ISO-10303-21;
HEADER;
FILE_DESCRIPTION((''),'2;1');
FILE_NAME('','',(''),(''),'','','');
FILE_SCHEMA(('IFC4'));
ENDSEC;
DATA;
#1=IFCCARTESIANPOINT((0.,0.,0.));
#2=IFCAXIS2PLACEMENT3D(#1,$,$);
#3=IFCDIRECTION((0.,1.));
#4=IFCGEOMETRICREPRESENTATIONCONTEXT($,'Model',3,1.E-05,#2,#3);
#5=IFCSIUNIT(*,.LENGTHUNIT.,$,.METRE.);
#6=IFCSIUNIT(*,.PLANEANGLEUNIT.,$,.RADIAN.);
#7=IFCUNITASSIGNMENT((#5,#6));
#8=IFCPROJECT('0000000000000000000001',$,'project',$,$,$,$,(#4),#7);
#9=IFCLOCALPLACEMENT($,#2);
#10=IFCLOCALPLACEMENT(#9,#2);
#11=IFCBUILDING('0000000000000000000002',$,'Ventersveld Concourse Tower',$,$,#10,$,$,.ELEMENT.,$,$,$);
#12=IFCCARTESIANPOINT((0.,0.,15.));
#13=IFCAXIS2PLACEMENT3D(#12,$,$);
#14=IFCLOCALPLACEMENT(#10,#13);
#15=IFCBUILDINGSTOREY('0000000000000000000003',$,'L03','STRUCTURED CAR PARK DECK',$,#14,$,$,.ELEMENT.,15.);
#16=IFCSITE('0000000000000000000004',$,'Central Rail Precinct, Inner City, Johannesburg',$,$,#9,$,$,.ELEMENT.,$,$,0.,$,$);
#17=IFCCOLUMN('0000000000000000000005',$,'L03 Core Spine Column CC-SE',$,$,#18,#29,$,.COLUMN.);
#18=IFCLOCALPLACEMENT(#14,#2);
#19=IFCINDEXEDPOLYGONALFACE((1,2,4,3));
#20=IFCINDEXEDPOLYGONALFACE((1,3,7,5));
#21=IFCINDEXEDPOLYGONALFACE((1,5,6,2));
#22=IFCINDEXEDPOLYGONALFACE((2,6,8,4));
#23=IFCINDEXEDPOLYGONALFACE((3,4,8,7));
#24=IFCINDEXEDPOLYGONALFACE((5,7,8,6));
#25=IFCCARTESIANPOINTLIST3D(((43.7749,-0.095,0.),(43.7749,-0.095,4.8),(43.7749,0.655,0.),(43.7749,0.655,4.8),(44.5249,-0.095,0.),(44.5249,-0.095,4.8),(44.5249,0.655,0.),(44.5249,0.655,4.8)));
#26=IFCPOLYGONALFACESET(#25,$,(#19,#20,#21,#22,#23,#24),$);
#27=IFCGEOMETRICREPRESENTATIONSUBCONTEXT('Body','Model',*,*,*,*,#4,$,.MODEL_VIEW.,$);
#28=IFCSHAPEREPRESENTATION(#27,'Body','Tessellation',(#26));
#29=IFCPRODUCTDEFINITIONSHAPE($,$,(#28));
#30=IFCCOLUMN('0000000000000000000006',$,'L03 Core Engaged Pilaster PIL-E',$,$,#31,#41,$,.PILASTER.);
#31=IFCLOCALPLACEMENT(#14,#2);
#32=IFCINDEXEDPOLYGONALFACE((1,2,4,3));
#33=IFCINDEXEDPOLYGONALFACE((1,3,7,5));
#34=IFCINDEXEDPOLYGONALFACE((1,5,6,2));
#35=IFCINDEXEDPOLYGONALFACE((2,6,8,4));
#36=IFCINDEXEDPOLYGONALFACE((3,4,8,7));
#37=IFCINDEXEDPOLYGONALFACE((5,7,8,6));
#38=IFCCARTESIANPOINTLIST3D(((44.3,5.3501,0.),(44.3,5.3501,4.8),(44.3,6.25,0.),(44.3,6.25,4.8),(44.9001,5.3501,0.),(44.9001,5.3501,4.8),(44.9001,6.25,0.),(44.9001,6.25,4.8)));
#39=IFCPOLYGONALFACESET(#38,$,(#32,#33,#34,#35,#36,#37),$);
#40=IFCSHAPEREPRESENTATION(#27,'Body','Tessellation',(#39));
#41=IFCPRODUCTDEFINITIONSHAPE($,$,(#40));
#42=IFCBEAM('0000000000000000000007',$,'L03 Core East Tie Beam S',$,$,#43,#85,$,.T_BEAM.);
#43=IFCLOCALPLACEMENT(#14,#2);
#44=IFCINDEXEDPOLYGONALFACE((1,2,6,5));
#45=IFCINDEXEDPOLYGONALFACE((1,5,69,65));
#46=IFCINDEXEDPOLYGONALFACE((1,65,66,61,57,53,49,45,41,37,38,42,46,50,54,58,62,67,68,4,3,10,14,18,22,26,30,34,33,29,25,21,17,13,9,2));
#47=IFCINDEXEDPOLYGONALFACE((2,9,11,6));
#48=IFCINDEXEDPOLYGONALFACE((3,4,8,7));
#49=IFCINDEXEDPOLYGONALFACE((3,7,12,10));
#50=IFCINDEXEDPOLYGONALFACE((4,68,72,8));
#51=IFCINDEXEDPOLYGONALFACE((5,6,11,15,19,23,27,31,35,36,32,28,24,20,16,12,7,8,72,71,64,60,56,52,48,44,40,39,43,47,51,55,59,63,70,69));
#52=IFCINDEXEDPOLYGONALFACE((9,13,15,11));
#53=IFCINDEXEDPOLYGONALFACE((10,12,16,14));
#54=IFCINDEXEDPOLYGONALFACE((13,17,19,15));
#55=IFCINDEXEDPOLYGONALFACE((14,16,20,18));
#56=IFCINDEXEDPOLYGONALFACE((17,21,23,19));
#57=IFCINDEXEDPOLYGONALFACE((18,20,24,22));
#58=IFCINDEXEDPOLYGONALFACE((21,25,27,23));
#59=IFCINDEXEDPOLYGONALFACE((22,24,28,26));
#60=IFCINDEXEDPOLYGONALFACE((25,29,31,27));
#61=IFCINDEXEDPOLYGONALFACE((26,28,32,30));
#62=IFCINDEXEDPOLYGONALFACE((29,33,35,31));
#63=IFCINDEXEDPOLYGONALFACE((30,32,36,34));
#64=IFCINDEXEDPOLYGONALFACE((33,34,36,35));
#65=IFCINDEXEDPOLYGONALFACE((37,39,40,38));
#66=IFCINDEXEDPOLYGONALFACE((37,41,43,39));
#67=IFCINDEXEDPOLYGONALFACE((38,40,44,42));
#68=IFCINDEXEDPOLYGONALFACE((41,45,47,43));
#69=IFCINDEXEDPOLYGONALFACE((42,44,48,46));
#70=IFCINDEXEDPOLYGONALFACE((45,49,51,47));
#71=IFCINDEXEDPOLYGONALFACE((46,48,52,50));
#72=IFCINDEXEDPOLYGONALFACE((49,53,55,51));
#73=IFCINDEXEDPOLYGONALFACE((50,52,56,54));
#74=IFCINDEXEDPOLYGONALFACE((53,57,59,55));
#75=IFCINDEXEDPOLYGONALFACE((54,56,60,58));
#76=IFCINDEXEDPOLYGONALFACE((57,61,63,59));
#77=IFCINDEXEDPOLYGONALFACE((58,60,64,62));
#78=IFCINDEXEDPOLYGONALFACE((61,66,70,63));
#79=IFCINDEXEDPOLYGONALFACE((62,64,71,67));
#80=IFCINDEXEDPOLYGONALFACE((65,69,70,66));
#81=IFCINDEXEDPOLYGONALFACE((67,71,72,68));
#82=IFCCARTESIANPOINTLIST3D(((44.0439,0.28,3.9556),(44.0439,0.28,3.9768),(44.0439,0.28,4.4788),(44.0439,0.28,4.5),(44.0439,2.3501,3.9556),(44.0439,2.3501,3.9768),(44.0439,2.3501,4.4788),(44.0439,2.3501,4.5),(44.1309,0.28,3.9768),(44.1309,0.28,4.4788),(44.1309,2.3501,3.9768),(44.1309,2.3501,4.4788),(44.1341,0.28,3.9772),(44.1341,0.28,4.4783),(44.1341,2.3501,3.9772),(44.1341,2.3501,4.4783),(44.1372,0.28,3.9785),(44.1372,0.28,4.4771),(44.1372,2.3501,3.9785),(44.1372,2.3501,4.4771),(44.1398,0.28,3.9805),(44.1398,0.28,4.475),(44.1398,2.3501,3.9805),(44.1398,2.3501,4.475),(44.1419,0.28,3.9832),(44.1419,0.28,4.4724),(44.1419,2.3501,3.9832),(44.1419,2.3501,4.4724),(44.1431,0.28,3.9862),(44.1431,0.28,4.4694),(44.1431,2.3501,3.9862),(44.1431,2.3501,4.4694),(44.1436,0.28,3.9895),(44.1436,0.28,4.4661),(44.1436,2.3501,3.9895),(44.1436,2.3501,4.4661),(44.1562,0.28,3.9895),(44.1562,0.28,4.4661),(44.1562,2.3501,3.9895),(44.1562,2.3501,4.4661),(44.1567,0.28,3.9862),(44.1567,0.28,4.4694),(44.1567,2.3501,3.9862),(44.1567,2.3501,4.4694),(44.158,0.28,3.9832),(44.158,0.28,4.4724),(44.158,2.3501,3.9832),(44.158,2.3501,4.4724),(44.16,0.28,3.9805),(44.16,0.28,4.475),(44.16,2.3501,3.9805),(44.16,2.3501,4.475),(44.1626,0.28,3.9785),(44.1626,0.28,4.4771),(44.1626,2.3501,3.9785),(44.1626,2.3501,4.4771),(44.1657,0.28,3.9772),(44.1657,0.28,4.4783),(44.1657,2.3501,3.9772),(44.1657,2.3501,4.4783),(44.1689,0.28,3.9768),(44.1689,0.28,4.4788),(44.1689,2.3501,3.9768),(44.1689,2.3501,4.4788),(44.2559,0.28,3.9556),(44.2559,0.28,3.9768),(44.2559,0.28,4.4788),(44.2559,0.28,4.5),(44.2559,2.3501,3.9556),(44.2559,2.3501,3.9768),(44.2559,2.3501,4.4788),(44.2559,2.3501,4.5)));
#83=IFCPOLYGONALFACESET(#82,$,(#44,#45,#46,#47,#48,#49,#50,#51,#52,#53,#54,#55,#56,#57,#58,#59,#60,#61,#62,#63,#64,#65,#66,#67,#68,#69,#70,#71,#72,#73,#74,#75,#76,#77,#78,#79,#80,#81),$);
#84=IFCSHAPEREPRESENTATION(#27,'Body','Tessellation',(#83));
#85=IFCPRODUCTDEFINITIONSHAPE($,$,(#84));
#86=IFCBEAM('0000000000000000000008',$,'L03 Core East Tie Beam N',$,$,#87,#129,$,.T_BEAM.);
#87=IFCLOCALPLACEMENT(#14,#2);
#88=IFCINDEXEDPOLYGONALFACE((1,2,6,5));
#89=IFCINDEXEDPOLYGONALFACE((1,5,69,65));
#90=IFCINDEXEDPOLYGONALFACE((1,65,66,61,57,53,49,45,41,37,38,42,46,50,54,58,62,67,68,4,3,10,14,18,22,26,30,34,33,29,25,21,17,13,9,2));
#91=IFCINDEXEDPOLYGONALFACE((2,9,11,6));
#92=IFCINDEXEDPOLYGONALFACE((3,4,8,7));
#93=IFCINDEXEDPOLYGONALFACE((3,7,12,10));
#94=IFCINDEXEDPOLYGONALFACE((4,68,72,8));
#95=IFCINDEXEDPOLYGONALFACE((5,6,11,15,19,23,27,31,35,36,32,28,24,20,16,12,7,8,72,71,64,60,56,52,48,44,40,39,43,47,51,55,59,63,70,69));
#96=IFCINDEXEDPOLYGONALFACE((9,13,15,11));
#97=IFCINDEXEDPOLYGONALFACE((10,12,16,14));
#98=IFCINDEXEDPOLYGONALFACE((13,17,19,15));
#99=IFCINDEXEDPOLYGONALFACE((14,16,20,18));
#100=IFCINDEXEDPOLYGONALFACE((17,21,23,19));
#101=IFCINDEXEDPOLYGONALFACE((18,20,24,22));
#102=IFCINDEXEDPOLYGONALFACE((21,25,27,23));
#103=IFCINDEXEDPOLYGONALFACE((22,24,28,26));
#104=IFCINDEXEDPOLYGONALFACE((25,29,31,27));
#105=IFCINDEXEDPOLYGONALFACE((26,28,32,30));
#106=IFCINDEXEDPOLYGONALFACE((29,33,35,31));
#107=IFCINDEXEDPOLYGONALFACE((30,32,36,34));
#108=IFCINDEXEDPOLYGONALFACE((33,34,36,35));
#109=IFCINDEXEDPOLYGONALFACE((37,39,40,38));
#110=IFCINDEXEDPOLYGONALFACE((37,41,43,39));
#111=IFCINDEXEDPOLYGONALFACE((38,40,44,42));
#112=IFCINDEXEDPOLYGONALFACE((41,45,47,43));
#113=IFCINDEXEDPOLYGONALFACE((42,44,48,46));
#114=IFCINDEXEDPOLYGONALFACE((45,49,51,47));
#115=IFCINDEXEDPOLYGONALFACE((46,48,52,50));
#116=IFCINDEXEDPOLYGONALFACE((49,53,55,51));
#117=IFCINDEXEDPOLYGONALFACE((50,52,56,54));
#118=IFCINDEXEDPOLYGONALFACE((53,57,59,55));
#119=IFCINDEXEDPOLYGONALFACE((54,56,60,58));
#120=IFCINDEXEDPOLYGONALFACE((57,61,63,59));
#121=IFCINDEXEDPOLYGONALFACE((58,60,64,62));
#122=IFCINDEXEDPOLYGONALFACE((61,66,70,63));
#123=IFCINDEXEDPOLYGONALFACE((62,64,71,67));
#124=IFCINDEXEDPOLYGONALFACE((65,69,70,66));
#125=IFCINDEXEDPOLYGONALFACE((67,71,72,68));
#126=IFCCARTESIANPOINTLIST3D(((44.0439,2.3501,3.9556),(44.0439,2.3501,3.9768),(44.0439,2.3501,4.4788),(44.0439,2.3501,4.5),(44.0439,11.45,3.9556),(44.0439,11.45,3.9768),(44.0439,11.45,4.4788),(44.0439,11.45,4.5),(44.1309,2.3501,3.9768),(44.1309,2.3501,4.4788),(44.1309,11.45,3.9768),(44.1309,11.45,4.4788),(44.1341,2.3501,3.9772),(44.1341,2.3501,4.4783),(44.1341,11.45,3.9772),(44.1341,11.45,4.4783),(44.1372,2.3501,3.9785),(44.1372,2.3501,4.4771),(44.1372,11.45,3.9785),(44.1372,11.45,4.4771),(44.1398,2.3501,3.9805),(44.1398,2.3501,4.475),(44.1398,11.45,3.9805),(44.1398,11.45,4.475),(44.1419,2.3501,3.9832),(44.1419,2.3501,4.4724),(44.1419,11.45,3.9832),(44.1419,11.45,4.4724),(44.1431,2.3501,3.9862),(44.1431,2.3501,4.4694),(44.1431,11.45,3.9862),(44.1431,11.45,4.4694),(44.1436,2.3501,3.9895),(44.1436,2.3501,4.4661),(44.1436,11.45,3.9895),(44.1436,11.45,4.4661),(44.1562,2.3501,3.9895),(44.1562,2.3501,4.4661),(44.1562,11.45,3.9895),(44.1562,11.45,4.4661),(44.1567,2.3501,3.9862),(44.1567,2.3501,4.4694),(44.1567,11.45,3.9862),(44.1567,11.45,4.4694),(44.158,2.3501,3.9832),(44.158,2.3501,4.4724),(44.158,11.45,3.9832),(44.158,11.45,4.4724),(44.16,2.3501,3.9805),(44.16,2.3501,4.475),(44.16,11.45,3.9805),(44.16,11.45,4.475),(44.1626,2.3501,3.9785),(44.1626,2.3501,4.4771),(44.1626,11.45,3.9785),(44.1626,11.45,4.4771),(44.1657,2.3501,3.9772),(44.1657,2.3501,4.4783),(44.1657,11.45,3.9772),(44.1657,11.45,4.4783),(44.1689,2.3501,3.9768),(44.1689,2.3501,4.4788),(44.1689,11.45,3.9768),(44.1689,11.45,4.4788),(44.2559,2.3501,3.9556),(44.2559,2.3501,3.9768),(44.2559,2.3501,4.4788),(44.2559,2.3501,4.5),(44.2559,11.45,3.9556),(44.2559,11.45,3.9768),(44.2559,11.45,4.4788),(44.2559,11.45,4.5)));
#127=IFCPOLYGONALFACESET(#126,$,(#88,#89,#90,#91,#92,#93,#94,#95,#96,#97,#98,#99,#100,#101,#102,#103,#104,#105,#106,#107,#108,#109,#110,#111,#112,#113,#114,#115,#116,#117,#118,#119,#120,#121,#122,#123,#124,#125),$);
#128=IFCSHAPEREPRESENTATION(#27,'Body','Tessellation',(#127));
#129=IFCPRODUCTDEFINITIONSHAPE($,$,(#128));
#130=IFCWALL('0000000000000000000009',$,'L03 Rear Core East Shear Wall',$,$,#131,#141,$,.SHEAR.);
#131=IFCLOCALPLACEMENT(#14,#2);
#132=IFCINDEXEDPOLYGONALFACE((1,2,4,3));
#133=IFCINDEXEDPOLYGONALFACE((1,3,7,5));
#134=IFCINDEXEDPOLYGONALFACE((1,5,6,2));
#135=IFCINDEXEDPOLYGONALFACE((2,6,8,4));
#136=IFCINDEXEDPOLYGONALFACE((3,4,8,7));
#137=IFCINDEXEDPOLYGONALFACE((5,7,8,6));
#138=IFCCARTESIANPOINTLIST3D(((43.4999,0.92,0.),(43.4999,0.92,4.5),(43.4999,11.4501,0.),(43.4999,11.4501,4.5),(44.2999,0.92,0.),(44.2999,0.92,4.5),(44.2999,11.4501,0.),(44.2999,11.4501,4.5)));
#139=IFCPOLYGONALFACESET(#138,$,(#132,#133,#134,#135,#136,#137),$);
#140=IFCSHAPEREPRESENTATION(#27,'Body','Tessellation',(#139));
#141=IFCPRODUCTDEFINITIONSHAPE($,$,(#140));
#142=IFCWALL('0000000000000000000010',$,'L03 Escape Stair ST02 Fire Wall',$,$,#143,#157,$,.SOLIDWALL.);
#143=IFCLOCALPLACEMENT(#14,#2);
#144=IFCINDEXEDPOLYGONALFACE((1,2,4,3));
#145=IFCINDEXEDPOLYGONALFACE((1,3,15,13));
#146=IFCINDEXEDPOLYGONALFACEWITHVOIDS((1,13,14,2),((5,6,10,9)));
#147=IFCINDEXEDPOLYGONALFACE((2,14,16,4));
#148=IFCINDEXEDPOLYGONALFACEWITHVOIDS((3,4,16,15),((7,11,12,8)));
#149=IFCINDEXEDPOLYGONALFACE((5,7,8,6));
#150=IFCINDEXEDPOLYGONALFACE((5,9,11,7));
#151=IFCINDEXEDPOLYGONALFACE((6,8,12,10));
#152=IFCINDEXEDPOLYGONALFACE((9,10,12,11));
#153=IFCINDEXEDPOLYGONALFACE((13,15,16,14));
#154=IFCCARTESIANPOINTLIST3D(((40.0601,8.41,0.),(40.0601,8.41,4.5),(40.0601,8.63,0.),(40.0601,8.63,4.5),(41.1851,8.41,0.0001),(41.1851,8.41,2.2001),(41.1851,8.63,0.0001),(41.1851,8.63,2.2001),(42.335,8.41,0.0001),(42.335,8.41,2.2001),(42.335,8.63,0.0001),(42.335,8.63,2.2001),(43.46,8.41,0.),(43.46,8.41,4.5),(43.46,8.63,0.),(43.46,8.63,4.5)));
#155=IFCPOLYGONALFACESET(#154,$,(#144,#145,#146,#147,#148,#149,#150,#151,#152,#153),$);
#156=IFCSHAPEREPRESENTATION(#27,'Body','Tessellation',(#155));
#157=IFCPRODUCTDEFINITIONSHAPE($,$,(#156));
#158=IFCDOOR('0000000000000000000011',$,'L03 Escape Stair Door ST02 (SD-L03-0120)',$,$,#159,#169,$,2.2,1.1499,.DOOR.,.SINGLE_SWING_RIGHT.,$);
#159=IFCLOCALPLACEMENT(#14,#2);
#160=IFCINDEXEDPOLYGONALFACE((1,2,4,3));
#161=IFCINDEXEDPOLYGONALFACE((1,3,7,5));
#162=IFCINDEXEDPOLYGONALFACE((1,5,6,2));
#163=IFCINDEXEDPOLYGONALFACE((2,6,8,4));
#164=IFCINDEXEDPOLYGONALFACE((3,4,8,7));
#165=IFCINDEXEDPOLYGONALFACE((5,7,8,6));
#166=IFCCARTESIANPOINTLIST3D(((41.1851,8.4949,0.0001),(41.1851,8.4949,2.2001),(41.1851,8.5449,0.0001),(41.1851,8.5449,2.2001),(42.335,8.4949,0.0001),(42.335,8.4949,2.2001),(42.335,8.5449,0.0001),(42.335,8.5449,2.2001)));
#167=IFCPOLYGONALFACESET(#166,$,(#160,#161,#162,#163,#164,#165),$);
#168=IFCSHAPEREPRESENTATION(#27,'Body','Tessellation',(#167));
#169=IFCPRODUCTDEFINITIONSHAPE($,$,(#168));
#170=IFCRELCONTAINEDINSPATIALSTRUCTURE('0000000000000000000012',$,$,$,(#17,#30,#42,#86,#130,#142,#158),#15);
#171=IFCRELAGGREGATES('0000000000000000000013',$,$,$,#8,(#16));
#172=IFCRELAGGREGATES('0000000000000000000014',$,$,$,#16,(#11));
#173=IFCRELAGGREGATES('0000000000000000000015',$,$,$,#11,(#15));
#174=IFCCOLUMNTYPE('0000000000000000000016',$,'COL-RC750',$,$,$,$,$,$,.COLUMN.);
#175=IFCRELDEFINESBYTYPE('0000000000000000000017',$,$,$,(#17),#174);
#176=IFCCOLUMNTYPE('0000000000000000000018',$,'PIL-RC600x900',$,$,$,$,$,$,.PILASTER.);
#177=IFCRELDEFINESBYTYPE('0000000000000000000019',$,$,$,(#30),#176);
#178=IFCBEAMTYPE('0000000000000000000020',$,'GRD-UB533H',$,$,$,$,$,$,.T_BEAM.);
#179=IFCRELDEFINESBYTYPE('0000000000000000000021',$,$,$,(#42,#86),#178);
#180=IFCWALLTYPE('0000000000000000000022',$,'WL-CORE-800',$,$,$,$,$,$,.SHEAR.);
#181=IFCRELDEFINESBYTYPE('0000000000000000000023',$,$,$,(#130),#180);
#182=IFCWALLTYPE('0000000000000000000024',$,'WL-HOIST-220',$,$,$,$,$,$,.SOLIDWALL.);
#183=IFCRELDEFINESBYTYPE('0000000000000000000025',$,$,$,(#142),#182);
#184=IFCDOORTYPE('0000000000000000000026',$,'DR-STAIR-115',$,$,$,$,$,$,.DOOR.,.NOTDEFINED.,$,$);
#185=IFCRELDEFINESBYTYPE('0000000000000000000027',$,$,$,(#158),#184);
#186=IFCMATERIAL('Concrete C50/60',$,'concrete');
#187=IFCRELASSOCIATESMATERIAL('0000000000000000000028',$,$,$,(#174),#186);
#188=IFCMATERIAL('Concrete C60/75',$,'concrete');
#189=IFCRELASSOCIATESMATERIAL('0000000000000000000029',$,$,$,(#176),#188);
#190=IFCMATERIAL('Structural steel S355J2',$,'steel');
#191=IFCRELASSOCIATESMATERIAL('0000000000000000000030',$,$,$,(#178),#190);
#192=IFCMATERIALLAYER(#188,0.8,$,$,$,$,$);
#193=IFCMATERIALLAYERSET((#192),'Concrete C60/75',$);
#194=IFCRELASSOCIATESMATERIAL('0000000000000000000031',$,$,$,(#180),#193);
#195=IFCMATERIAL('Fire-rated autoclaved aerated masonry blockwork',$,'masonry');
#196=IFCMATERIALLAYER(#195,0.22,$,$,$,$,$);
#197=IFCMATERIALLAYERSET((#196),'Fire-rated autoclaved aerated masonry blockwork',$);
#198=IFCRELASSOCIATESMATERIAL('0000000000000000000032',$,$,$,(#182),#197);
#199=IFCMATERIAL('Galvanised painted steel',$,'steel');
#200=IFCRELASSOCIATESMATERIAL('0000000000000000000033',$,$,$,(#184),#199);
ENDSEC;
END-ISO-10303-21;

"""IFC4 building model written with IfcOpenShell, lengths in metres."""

from ifc_helpers import new_model, si_unit, direction, frame, frame_2d, origin, origin_2d, place, context, subcontext, project, spatial, rectangle, i_section, extrude, material, layer, layer_set, material_profile, profile_set, type_object, element, fill, save


model = new_model("IFC4")

# Units and contexts
model_context = context("Model", 3, precision=1e-05, world=origin(), true_north=direction((0.0, 1.0)))
body_context = subcontext(model_context, "Body", "Model", "MODEL_VIEW")
ifc_project = project(units=[si_unit("LENGTHUNIT", "METRE"), si_unit("PLANEANGLEUNIT", "RADIAN")], contexts=[model_context])

# Site, building, storey
site_placement = place(None, origin())
site = spatial("IfcSite", under=ifc_project, at=site_placement, Name="Central Rail Precinct, Inner City, Johannesburg", CompositionType="ELEMENT", RefElevation=0.0)
building_placement = place(site_placement, origin())
building = spatial("IfcBuilding", under=site, at=building_placement, Name="Ventersveld Concourse Tower", CompositionType="ELEMENT")
storey_placement = place(building_placement, frame((0.0, 0.0, 15.0)))
storey = spatial("IfcBuildingStorey", under=building, at=storey_placement, Name="L03", Description="STRUCTURED CAR PARK DECK", CompositionType="ELEMENT", Elevation=15.0)

# Columns
ifc_material_1 = material(Name="Concrete C50/60", Category="concrete")
ifc_material_profile_1 = material_profile(ifc_material_1, rectangle(XDim=0.75, YDim=0.75, at=origin_2d()), Name="RC 750x750")
ifc_profile_set_1 = profile_set([ifc_material_profile_1], Name="Concrete C50/60")
column_type_1 = type_object("IfcColumnType", Name="COL-RC750", PredefinedType="COLUMN", material=ifc_profile_set_1)
column_1_placement = place(storey_placement, frame((44.1499, 0.28, 0.0), z_axis=(0.0, 0.0, 1.0), x_axis=(1.0, 0.0, 0.0)))
element("IfcColumn", 1, at=column_1_placement, inside=storey, type_object=column_type_1, Name="L03 Core Spine Column CC-SE", PredefinedType="COLUMN", context=body_context, shape_type="SweptSolid", body=[
    extrude(rectangle(XDim=0.75, YDim=0.75, at=origin_2d()), origin(), (0.0, 0.0, 1.0), 4.8),
])
ifc_material_2 = material(Name="Concrete C60/75", Category="concrete")
ifc_material_profile_2 = material_profile(ifc_material_2, rectangle(XDim=0.6001, YDim=0.8999, at=origin_2d()), Name="RC 600x900")
ifc_profile_set_2 = profile_set([ifc_material_profile_2], Name="Concrete C60/75")
column_type_2 = type_object("IfcColumnType", Name="PIL-RC600x900", PredefinedType="PILASTER", material=ifc_profile_set_2)
column_2_placement = place(storey_placement, frame((44.6001, 5.8, 0.0), z_axis=(0.0, 0.0, 1.0), x_axis=(1.0, 0.0, 0.0)))
element("IfcColumn", 2, at=column_2_placement, inside=storey, type_object=column_type_2, Name="L03 Core Engaged Pilaster PIL-E", PredefinedType="PILASTER", context=body_context, shape_type="SweptSolid", body=[
    extrude(rectangle(XDim=0.6001, YDim=0.8999, at=origin_2d()), origin(), (0.0, 0.0, 1.0), 4.8),
])

# Beams
ifc_material_3 = material(Name="Structural steel S355J2", Category="steel")
ifc_material_profile_3 = material_profile(ifc_material_3, i_section(OverallWidth=0.2119, OverallDepth=0.5444, WebThickness=0.0127, FlangeThickness=0.0212, FilletRadius=0.0127, at=origin_2d()), Name="UB 533x210x122")
ifc_profile_set_3 = profile_set([ifc_material_profile_3], Name="Structural steel S355J2")
beam_type = type_object("IfcBeamType", Name="GRD-UB533H", PredefinedType="T_BEAM", material=ifc_profile_set_3)
beam_1_placement = place(storey_placement, frame((44.1499, 0.28, 4.2278), z_axis=(0.0, 1.0, 0.0), x_axis=(-1.0, 0.0, 0.0)))
element("IfcBeam", 3, at=beam_1_placement, inside=storey, type_object=beam_type, Name="L03 Core East Tie Beam S", PredefinedType="T_BEAM", context=body_context, shape_type="SweptSolid", body=[
    extrude(i_section(OverallWidth=0.2119, OverallDepth=0.5444, WebThickness=0.0127, FlangeThickness=0.0212, FilletRadius=0.0127, at=origin_2d()), origin(), (0.0, 0.0, 1.0), 2.0701),
])
beam_2_placement = place(storey_placement, frame((44.1499, 2.3501, 4.2278), z_axis=(0.0, 1.0, 0.0), x_axis=(-1.0, 0.0, 0.0)))
element("IfcBeam", 4, at=beam_2_placement, inside=storey, type_object=beam_type, Name="L03 Core East Tie Beam N", PredefinedType="T_BEAM", context=body_context, shape_type="SweptSolid", body=[
    extrude(i_section(OverallWidth=0.2119, OverallDepth=0.5444, WebThickness=0.0127, FlangeThickness=0.0212, FilletRadius=0.0127, at=origin_2d()), origin(), (0.0, 0.0, 1.0), 9.0999),
])

# Wall
ifc_layer_1 = layer(ifc_material_2, 0.8)
ifc_layer_set_1 = layer_set([ifc_layer_1], Name="Concrete C60/75")
wall_type_1 = type_object("IfcWallType", Name="WL-CORE-800", PredefinedType="SHEAR", material=ifc_layer_set_1)
wall_1_placement = place(storey_placement, frame((43.8999, 0.9199, 0.0), z_axis=(0.0, 0.0, 1.0), x_axis=(0.0, 1.0, 0.0)))
element("IfcWall", 5, at=wall_1_placement, inside=storey, type_object=wall_type_1, Name="L03 Rear Core East Shear Wall", PredefinedType="SHEAR", context=body_context, shape_type="SweptSolid", body=[
    extrude(rectangle(XDim=10.53, YDim=0.8, at=frame_2d((5.2651, 0.0))), origin(), (0.0, 0.0, 1.0), 4.5),
])

# Wall, opening, door
ifc_material_4 = material(Name="Fire-rated autoclaved aerated masonry blockwork", Category="masonry")
ifc_layer_2 = layer(ifc_material_4, 0.22)
ifc_layer_set_2 = layer_set([ifc_layer_2], Name="Fire-rated autoclaved aerated masonry blockwork")
wall_type_2 = type_object("IfcWallType", Name="WL-HOIST-220", PredefinedType="SOLIDWALL", material=ifc_layer_set_2)
wall_2_placement = place(storey_placement, frame((40.0601, 8.52, 0.0), z_axis=(0.0, 0.0, 1.0), x_axis=(1.0, 0.0, 0.0)))
wall_2 = element("IfcWall", 6, at=wall_2_placement, inside=storey, type_object=wall_type_2, Name="L03 Escape Stair ST02 Fire Wall", PredefinedType="SOLIDWALL", context=body_context, shape_type="SweptSolid", body=[
    extrude(rectangle(XDim=3.3999, YDim=0.22, at=frame_2d((1.7, 0.0))), origin(), (0.0, 0.0, 1.0), 4.5),
])
opening_1_placement = place(wall_2_placement, frame((1.125, 0.0, 0.0)))
opening_1 = element("IfcOpeningElement", 7, at=opening_1_placement, cuts=wall_2, PredefinedType="OPENING", context=body_context, shape_type="SweptSolid", body=[
    extrude(rectangle(XDim=1.1499, YDim=2.2, at=frame_2d((0.575, 1.1001))), frame((0.0, 0.1201, 0.0), z_axis=(0.0, -1.0, 0.0), x_axis=(1.0, 0.0, 0.0)), (0.0, 0.0, 1.0), 0.24),
])
ifc_material_5 = material(Name="Galvanised painted steel", Category="steel")
door_type = type_object("IfcDoorType", Name="DR-STAIR-115", OperationType="NOTDEFINED", PredefinedType="DOOR", material=ifc_material_5)
door_1_placement = place(opening_1_placement, origin())
door_1 = element("IfcDoor", 8, at=door_1_placement, inside=storey, type_object=door_type, Name="L03 Escape Stair Door ST02 (SD-L03-0120)", OperationType="SINGLE_SWING_RIGHT", OverallHeight=2.2, OverallWidth=1.1499, PredefinedType="DOOR", context=body_context, shape_type="SweptSolid", body=[
    extrude(rectangle(XDim=1.1499, YDim=2.2, at=frame_2d((0.575, 1.1001))), frame((0.0, 0.0249, 0.0), z_axis=(0.0, -1.0, 0.0), x_axis=(1.0, 0.0, 0.0)), (0.0, 0.0, 1.0), 0.05),
])
fill(opening_1, door_1)

save(model, "model.ifc")
